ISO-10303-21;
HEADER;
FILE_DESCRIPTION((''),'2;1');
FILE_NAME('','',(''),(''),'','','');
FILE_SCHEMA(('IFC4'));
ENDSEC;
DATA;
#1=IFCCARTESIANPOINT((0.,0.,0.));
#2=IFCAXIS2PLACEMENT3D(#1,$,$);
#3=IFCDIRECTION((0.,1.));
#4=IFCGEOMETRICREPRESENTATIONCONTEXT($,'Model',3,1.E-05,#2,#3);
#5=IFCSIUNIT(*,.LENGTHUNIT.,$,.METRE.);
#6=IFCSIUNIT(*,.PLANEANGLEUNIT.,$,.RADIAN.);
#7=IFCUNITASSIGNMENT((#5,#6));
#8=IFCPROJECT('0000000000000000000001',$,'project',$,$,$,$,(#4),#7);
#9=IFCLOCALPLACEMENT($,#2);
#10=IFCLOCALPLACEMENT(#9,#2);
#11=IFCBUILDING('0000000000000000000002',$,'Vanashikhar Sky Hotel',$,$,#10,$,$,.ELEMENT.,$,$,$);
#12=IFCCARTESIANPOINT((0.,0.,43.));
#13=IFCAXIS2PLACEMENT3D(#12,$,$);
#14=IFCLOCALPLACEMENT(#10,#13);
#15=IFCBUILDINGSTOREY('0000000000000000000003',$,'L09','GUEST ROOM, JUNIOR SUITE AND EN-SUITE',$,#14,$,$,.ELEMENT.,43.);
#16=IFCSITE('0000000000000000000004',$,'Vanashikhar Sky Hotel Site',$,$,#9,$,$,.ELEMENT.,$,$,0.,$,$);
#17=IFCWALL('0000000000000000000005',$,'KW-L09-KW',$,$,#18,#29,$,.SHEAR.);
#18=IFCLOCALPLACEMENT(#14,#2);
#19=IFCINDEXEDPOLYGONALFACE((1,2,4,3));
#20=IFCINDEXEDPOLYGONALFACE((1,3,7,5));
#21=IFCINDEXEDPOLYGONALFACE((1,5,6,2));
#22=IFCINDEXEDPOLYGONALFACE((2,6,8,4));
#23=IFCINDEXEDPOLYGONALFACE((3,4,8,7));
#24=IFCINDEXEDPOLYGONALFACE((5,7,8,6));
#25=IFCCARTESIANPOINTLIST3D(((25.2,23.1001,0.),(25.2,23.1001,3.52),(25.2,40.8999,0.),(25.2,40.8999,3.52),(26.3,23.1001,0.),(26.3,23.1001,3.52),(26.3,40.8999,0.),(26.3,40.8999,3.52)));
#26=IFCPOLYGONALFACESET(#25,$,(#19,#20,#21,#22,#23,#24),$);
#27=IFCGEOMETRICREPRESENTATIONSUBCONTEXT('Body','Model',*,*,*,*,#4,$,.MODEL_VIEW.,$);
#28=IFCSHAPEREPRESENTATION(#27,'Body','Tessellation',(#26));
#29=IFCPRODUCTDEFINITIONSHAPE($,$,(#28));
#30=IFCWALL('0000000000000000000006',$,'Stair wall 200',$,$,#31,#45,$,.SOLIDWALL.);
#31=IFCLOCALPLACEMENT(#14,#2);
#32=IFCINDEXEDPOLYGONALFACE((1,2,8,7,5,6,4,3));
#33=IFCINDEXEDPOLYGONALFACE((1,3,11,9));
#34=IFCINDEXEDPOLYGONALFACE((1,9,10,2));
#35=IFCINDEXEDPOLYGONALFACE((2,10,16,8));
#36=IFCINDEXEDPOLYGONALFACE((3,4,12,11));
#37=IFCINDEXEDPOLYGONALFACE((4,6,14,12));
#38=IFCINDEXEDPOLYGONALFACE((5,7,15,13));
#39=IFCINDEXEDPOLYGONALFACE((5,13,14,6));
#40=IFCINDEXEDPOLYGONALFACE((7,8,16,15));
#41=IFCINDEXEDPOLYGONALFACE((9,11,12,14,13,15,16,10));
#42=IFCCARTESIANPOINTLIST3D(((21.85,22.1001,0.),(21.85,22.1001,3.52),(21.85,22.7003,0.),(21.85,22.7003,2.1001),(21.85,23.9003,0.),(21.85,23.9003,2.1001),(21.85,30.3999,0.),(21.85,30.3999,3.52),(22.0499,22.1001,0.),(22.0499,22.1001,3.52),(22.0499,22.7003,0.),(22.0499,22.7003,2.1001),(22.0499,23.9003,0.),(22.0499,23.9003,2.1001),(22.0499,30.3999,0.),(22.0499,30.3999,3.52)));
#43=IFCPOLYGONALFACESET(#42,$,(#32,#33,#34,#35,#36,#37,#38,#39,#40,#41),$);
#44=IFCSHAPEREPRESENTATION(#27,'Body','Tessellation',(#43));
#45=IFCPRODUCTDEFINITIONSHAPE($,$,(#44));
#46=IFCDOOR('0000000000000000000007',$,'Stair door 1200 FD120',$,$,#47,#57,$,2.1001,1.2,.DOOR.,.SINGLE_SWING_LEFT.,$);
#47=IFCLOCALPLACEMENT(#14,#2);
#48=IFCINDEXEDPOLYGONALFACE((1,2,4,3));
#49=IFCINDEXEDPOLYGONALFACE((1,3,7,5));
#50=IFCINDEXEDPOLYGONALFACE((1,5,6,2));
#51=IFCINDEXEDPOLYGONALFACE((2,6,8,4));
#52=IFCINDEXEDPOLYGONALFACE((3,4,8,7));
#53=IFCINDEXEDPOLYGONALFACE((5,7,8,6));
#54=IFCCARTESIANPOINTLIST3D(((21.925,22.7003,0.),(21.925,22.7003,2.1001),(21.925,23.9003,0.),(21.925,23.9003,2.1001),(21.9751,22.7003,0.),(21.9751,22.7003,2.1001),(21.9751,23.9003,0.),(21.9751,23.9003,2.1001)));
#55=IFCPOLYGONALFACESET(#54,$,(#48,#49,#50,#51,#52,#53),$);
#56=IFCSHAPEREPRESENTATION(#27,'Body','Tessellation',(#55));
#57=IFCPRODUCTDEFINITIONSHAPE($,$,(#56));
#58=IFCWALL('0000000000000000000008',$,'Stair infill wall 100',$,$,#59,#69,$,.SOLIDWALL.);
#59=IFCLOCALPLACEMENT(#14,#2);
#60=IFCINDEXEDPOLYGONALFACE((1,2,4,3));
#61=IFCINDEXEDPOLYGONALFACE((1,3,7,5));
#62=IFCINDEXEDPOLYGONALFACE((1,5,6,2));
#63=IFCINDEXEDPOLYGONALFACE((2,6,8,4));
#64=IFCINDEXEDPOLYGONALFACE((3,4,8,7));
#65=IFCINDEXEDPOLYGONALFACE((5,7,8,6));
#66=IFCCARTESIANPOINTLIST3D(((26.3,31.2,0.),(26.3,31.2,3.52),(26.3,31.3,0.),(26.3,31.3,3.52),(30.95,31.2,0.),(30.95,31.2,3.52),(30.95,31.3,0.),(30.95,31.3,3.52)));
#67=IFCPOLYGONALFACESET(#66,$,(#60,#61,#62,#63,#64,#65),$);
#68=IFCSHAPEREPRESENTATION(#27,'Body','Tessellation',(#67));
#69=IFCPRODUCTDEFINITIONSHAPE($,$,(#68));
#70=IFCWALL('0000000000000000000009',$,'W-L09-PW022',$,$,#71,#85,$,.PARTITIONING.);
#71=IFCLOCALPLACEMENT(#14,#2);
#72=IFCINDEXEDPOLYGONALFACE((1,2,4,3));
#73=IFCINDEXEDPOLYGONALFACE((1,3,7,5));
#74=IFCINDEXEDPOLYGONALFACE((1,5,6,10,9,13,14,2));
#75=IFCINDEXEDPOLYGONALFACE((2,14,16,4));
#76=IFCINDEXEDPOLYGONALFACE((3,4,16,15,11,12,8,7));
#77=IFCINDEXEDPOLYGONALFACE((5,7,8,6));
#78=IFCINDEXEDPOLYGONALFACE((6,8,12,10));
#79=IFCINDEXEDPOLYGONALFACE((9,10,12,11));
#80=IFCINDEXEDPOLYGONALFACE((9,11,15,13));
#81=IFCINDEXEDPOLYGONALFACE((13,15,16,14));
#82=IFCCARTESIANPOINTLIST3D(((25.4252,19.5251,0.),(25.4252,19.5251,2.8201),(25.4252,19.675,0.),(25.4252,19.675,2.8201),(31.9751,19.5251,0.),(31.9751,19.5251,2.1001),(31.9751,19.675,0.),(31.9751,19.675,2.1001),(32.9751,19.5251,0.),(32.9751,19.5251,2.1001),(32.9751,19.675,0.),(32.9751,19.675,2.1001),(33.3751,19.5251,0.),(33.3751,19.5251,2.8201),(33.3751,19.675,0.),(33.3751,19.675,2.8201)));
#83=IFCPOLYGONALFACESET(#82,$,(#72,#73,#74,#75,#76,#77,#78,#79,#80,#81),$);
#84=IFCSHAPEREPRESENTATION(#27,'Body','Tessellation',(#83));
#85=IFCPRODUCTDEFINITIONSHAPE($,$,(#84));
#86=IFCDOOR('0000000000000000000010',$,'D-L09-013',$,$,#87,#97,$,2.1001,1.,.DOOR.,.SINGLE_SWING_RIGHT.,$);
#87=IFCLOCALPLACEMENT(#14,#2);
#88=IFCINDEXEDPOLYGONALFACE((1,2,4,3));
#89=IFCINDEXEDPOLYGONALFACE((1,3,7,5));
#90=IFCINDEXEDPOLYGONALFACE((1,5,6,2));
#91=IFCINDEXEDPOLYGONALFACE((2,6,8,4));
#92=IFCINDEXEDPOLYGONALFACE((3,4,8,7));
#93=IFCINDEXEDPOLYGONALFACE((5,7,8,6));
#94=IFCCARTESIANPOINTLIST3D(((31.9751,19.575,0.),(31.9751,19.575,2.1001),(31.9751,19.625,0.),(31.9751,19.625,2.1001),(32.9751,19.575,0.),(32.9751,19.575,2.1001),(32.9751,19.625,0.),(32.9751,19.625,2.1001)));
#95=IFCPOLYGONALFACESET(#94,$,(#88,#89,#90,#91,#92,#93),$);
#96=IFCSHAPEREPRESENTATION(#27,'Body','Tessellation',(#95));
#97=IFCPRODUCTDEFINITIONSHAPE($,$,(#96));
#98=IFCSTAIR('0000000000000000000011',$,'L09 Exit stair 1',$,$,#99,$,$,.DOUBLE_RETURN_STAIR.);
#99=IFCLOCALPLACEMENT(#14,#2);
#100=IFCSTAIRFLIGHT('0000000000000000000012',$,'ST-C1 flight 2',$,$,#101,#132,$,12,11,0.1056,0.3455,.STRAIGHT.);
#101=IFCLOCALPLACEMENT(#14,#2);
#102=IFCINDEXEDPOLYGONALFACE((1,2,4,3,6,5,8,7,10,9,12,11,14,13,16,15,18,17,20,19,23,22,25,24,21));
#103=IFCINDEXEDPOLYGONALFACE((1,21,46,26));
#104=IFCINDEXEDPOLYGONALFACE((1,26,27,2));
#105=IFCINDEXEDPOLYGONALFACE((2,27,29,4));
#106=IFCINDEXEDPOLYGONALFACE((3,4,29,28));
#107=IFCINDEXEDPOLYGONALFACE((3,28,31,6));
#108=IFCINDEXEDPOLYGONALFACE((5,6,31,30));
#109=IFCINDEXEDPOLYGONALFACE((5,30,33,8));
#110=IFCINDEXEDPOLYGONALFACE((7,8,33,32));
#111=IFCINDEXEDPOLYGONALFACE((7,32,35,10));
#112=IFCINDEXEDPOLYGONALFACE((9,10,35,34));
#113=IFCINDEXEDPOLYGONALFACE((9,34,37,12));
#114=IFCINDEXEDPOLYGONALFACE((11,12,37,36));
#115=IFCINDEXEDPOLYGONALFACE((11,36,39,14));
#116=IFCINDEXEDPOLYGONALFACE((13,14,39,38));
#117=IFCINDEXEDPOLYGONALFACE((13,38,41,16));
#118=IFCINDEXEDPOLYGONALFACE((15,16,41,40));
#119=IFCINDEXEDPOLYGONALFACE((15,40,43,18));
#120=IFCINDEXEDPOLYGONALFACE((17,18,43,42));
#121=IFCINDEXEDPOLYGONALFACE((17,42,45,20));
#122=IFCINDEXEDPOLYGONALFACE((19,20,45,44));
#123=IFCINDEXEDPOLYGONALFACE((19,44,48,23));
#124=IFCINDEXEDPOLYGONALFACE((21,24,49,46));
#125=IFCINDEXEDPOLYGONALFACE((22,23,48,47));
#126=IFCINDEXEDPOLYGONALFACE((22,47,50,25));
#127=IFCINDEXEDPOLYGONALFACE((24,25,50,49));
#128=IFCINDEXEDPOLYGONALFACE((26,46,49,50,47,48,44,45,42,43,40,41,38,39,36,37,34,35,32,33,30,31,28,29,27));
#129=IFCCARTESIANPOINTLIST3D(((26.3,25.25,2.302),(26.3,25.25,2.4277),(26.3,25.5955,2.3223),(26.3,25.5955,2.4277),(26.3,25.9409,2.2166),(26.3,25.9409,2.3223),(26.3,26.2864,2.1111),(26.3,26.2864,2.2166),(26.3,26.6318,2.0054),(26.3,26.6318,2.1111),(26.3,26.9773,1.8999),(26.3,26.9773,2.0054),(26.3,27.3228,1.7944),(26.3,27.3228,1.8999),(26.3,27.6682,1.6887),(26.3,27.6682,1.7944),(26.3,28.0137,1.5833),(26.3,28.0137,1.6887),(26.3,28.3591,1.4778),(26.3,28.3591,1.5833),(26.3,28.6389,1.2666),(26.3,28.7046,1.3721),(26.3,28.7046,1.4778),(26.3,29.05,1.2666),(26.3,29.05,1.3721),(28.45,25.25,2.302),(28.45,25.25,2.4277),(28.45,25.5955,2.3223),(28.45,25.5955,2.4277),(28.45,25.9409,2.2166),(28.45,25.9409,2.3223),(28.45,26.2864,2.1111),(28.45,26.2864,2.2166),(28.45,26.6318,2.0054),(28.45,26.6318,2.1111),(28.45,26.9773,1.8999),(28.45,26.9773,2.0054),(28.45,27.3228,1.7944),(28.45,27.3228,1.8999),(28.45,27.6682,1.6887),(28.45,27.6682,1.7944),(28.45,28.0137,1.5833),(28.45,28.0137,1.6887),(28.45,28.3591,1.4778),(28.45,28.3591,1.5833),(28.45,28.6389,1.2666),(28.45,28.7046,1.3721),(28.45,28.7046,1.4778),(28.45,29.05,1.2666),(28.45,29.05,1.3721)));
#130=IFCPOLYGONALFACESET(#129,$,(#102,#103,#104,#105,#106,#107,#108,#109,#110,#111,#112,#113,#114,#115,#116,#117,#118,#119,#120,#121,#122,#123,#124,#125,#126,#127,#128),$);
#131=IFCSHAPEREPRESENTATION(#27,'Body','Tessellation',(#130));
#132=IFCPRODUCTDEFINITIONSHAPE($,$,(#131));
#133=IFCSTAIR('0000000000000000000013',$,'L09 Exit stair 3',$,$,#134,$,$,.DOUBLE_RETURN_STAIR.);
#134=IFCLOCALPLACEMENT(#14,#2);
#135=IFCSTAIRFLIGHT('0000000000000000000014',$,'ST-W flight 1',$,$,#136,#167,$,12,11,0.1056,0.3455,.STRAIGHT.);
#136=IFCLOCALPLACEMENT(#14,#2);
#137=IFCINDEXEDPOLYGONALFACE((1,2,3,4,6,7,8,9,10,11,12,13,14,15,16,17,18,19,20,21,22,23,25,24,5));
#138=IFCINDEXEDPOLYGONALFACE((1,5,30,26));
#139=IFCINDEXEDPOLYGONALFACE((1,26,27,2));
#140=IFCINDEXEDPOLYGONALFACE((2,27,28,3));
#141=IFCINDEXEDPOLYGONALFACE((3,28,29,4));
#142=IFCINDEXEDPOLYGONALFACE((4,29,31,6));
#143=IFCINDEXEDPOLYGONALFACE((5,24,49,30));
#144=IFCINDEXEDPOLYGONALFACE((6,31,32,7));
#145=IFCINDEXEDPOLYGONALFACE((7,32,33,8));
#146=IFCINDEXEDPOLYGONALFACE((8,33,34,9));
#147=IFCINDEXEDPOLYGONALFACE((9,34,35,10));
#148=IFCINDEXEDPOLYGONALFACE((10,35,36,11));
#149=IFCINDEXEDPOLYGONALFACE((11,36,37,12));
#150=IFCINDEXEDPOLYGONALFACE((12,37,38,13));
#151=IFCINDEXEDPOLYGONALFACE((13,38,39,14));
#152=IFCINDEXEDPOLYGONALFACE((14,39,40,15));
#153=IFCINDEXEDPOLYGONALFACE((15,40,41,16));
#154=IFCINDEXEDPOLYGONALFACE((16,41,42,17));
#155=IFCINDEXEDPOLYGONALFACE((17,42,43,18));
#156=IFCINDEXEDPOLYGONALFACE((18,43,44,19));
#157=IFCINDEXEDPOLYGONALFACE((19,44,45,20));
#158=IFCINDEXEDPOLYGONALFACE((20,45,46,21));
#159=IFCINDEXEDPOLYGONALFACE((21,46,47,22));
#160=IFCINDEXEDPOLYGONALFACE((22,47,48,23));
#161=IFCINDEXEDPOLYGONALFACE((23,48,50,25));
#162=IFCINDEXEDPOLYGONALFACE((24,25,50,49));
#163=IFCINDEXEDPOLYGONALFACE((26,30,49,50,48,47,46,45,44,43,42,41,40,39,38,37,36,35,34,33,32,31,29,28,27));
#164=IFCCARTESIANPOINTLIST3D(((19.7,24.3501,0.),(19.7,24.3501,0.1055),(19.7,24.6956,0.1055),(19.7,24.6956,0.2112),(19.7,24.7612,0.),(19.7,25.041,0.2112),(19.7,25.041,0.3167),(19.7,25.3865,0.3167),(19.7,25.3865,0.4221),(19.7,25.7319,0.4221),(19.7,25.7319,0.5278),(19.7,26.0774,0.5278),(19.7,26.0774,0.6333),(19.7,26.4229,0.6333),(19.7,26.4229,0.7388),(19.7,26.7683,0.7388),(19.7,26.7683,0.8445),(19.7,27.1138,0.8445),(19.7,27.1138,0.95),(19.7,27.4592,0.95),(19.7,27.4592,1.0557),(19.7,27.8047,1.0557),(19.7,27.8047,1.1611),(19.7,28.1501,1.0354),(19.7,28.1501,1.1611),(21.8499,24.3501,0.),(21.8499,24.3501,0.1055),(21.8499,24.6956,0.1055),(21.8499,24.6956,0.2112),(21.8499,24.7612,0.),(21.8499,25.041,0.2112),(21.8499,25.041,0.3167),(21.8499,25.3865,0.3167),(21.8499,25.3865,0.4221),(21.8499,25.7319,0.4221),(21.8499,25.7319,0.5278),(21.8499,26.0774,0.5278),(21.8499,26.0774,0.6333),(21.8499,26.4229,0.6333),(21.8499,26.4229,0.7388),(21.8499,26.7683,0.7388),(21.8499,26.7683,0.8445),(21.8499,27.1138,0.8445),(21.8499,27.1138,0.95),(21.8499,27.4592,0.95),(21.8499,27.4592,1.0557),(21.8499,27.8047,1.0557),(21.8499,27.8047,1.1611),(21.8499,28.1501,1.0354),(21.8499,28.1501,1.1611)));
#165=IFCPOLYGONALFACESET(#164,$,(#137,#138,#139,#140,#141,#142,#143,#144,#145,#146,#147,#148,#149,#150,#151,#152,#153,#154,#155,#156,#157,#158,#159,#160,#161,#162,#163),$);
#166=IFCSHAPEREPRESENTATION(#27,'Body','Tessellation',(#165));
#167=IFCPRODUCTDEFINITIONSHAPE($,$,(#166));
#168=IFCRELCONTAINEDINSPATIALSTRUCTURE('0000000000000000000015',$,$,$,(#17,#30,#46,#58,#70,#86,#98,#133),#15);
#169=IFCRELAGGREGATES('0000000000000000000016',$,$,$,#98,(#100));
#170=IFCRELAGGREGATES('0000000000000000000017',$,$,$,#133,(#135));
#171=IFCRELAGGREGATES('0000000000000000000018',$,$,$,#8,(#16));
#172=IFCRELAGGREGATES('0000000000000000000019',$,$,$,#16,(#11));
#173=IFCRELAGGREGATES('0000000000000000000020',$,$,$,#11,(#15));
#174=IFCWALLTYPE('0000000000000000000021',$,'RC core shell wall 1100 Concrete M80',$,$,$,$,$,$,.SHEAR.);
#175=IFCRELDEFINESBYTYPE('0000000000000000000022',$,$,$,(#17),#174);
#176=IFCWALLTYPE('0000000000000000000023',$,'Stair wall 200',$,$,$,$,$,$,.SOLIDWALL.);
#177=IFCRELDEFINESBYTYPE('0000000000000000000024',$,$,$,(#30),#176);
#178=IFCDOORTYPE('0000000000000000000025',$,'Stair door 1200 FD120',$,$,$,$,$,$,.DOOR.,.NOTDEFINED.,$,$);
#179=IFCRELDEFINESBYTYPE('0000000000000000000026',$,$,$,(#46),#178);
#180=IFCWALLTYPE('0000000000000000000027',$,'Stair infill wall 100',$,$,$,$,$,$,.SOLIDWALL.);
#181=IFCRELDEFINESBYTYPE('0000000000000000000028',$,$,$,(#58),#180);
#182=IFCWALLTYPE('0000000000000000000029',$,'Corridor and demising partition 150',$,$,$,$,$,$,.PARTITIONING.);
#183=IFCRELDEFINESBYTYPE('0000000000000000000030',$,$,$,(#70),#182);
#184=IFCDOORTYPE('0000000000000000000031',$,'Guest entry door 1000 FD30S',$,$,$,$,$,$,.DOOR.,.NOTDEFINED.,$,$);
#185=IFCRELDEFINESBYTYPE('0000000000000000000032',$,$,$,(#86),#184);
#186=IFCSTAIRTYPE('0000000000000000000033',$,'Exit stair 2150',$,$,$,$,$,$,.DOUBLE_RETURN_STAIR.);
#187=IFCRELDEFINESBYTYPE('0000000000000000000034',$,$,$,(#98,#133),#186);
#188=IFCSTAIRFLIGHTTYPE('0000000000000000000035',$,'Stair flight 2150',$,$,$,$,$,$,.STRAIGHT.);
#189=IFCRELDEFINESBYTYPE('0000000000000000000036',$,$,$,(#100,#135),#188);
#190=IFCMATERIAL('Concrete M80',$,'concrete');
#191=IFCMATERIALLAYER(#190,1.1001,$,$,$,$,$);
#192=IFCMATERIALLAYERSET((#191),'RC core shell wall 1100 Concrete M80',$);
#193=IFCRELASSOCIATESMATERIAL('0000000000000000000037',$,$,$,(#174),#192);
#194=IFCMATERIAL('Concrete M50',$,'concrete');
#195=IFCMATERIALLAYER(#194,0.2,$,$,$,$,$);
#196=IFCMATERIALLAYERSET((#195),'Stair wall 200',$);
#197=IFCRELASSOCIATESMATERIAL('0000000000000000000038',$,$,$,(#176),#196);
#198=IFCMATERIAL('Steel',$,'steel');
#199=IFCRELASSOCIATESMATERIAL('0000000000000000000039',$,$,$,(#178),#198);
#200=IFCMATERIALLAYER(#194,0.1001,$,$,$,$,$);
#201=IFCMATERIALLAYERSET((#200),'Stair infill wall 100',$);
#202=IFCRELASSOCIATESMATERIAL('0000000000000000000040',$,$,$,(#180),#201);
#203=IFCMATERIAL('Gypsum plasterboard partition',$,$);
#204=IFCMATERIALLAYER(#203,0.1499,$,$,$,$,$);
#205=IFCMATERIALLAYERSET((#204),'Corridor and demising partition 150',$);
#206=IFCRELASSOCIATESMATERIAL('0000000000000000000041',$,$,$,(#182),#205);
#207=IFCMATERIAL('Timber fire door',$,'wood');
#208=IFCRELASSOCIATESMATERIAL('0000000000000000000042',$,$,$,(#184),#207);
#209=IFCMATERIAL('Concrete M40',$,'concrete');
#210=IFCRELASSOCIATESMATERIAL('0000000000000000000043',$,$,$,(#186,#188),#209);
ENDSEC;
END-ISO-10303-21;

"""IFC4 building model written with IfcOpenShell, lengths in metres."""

from ifc_helpers import new_model, si_unit, direction, frame, frame_2d, origin, place, context, subcontext, project, spatial, polyline, rectangle, outline, extrude, source, transform, mapped, material, layer, layer_set, type_object, element, fill, aggregate, save


model = new_model("IFC4")

# Units and contexts
model_context = context("Model", 3, precision=1e-05, world=origin(), true_north=direction((0.0, 1.0)))
body_context = subcontext(model_context, "Body", "Model", "MODEL_VIEW")
ifc_project = project(units=[si_unit("LENGTHUNIT", "METRE"), si_unit("PLANEANGLEUNIT", "RADIAN")], contexts=[model_context])

# Site, building, storey
site_placement = place(None, origin())
site = spatial("IfcSite", under=ifc_project, at=site_placement, Name="Vanashikhar Sky Hotel Site", CompositionType="ELEMENT", RefElevation=0.0)
building_placement = place(site_placement, origin())
building = spatial("IfcBuilding", under=site, at=building_placement, Name="Vanashikhar Sky Hotel", CompositionType="ELEMENT")
storey_placement = place(building_placement, frame((0.0, 0.0, 43.0)))
storey = spatial("IfcBuildingStorey", under=building, at=storey_placement, Name="L09", Description="GUEST ROOM, JUNIOR SUITE AND EN-SUITE", CompositionType="ELEMENT", Elevation=43.0)

# Shared definitions
ifc_material_1 = material(Name="Concrete M80", Category="concrete")
ifc_layer_1 = layer(ifc_material_1, 1.1001)
ifc_layer_set_1 = layer_set([ifc_layer_1], Name="RC core shell wall 1100 Concrete M80")
wall_type_1 = type_object("IfcWallType", Name="RC core shell wall 1100 Concrete M80", PredefinedType="SHEAR", material=ifc_layer_set_1)
ifc_material_2 = material(Name="Steel", Category="steel")

# Wall
shared_shape_1 = source(origin(), body_context, "Body", "SweptSolid", [
    extrude(rectangle(XDim=17.7998, YDim=1.1001, at=frame_2d((8.8999, 0.0))), origin(), (0.0, 0.0, 1.0), 3.52),
])
wall_1_placement = place(storey_placement, frame((25.75, 23.1001, 0.0), z_axis=(0.0, 0.0, 1.0), x_axis=(0.0, 1.0, 0.0)))
element("IfcWall", 1, at=wall_1_placement, inside=storey, type_object=wall_type_1, Name="KW-L09-KW", PredefinedType="SHEAR", context=body_context, shape_type="MappedRepresentation", body=[
    mapped(shared_shape_1, transform((0.0, 0.0, 0.0), scale=1.0)),
])

# Wall, opening, door
ifc_material_3 = material(Name="Concrete M50", Category="concrete")
ifc_layer_2 = layer(ifc_material_3, 0.2)
ifc_layer_set_2 = layer_set([ifc_layer_2], Name="Stair wall 200")
wall_type_2 = type_object("IfcWallType", Name="Stair wall 200", PredefinedType="SOLIDWALL", material=ifc_layer_set_2)
shared_shape_2 = source(origin(), body_context, "Body", "SweptSolid", [
    extrude(rectangle(XDim=8.2998, YDim=0.2, at=frame_2d((4.1499, 0.0))), origin(), (0.0, 0.0, 1.0), 3.52),
])
wall_2_placement = place(storey_placement, frame((21.95, 22.1001, 0.0), z_axis=(0.0, 0.0, 1.0), x_axis=(0.0, 1.0, 0.0)))
wall_2 = element("IfcWall", 2, at=wall_2_placement, inside=storey, type_object=wall_type_2, Name="Stair wall 200", PredefinedType="SOLIDWALL", context=body_context, shape_type="MappedRepresentation", body=[
    mapped(shared_shape_2, transform((0.0, 0.0, 0.0), scale=1.0)),
])
shared_shape_3 = source(origin(), body_context, "Body", "SweptSolid", [
    extrude(rectangle(XDim=1.2, YDim=2.1001, at=frame_2d((0.6001, 1.05))), frame((0.0, 0.1099, 0.0), z_axis=(0.0, -1.0, 0.0), x_axis=(1.0, 0.0, 0.0)), (0.0, 0.0, 1.0), 0.22),
])
opening_1_placement = place(wall_2_placement, frame((0.6001, 0.0, 0.0)))
opening_1 = element("IfcOpeningElement", 3, at=opening_1_placement, cuts=wall_2, PredefinedType="OPENING", context=body_context, shape_type="MappedRepresentation", body=[
    mapped(shared_shape_3, transform((0.0, 0.0, 0.0), scale=1.0)),
])
door_type_1 = type_object("IfcDoorType", Name="Stair door 1200 FD120", OperationType="NOTDEFINED", PredefinedType="DOOR", material=ifc_material_2)
shared_shape_4 = source(origin(), body_context, "Body", "SweptSolid", [
    extrude(rectangle(XDim=1.2, YDim=2.1001, at=frame_2d((0.6001, 1.05))), frame((0.0, 0.0249, 0.0), z_axis=(0.0, -1.0, 0.0), x_axis=(1.0, 0.0, 0.0)), (0.0, 0.0, 1.0), 0.05),
])
door_1_placement = place(opening_1_placement, origin())
door_1 = element("IfcDoor", 4, at=door_1_placement, inside=storey, type_object=door_type_1, Name="Stair door 1200 FD120", OperationType="SINGLE_SWING_LEFT", OverallHeight=2.1001, OverallWidth=1.2, PredefinedType="DOOR", context=body_context, shape_type="MappedRepresentation", body=[
    mapped(shared_shape_4, transform((0.0, 0.0, 0.0), scale=1.0)),
])
fill(opening_1, door_1)

# Wall
ifc_layer_3 = layer(ifc_material_3, 0.1001)
ifc_layer_set_3 = layer_set([ifc_layer_3], Name="Stair infill wall 100")
wall_type_3 = type_object("IfcWallType", Name="Stair infill wall 100", PredefinedType="SOLIDWALL", material=ifc_layer_set_3)
shared_shape_5 = source(origin(), body_context, "Body", "SweptSolid", [
    extrude(rectangle(XDim=4.6499, YDim=0.1001, at=frame_2d((2.325, 0.0))), origin(), (0.0, 0.0, 1.0), 3.52),
])
wall_3_placement = place(storey_placement, frame((26.3, 31.25, 0.0), z_axis=(0.0, 0.0, 1.0), x_axis=(1.0, 0.0, 0.0)))
element("IfcWall", 5, at=wall_3_placement, inside=storey, type_object=wall_type_3, Name="Stair infill wall 100", PredefinedType="SOLIDWALL", context=body_context, shape_type="MappedRepresentation", body=[
    mapped(shared_shape_5, transform((0.0, 0.0, 0.0), scale=1.0)),
])

# Wall, opening, door
ifc_material_4 = material(Name="Gypsum plasterboard partition")
ifc_layer_4 = layer(ifc_material_4, 0.1499)
ifc_layer_set_4 = layer_set([ifc_layer_4], Name="Corridor and demising partition 150")
wall_type_4 = type_object("IfcWallType", Name="Corridor and demising partition 150", PredefinedType="PARTITIONING", material=ifc_layer_set_4)
shared_shape_6 = source(origin(), body_context, "Body", "SweptSolid", [
    extrude(rectangle(XDim=7.95, YDim=0.1499, at=frame_2d((3.9751, 0.0))), origin(), (0.0, 0.0, 1.0), 2.8201),
])
wall_4_placement = place(storey_placement, frame((25.425, 19.6001, 0.0), z_axis=(0.0, 0.0, 1.0), x_axis=(1.0, 0.0, 0.0)))
wall_4 = element("IfcWall", 6, at=wall_4_placement, inside=storey, type_object=wall_type_4, Name="W-L09-PW022", PredefinedType="PARTITIONING", context=body_context, shape_type="MappedRepresentation", body=[
    mapped(shared_shape_6, transform((0.0, 0.0, 0.0), scale=1.0)),
])
shared_shape_7 = source(origin(), body_context, "Body", "SweptSolid", [
    extrude(rectangle(XDim=1.0, YDim=2.1001, at=frame_2d((0.5, 1.05))), frame((0.0, 0.085, 0.0), z_axis=(0.0, -1.0, 0.0), x_axis=(1.0, 0.0, 0.0)), (0.0, 0.0, 1.0), 0.1699),
])
opening_2_placement = place(wall_4_placement, frame((6.55, 0.0, 0.0)))
opening_2 = element("IfcOpeningElement", 7, at=opening_2_placement, cuts=wall_4, PredefinedType="OPENING", context=body_context, shape_type="MappedRepresentation", body=[
    mapped(shared_shape_7, transform((0.0, 0.0, 0.0), scale=1.0)),
])
ifc_material_5 = material(Name="Timber fire door", Category="wood")
door_type_2 = type_object("IfcDoorType", Name="Guest entry door 1000 FD30S", OperationType="NOTDEFINED", PredefinedType="DOOR", material=ifc_material_5)
shared_shape_8 = source(origin(), body_context, "Body", "SweptSolid", [
    extrude(rectangle(XDim=1.0, YDim=2.1001, at=frame_2d((0.5, 1.05))), frame((0.0, 0.0249, 0.0), z_axis=(0.0, -1.0, 0.0), x_axis=(1.0, 0.0, 0.0)), (0.0, 0.0, 1.0), 0.05),
])
door_2_placement = place(opening_2_placement, origin())
door_2 = element("IfcDoor", 8, at=door_2_placement, inside=storey, type_object=door_type_2, Name="D-L09-013", OperationType="SINGLE_SWING_RIGHT", OverallHeight=2.1001, OverallWidth=1.0, PredefinedType="DOOR", context=body_context, shape_type="MappedRepresentation", body=[
    mapped(shared_shape_8, transform((0.0, 0.0, 0.0), scale=1.0)),
])
fill(opening_2, door_2)

# Stair, stair flight
ifc_material_6 = material(Name="Concrete M40", Category="concrete")
stair_type = type_object("IfcStairType", Name="Exit stair 2150", PredefinedType="DOUBLE_RETURN_STAIR", material=ifc_material_6)
stair_1_placement = place(storey_placement, origin())
stair_1 = element("IfcStair", 9, at=stair_1_placement, inside=storey, type_object=stair_type, Name="L09 Exit stair 1", PredefinedType="DOUBLE_RETURN_STAIR")
stair_flight_type = type_object("IfcStairFlightType", Name="Stair flight 2150", PredefinedType="STRAIGHT", material=ifc_material_6)
shared_shape_9 = source(origin(), body_context, "Body", "SweptSolid", [
    extrude(outline(polyline([(0.0, 0.0), (0.0, 0.1055), (0.3455, 0.1055), (0.3455, 0.2112), (0.6909, 0.2112), (0.6909, 0.3167), (1.0364, 0.3167), (1.0364, 0.4221), (1.3818, 0.4221), (1.3818, 0.5278), (1.7273, 0.5278), (1.7273, 0.6333), (2.0728, 0.6333), (2.0728, 0.7388), (2.4182, 0.7388), (2.4182, 0.8445), (2.7637, 0.8445), (2.7637, 0.95), (3.1091, 0.95), (3.1091, 1.0557), (3.4546, 1.0557), (3.4546, 1.1611), (3.8, 1.1611), (3.8, 1.2666), (3.8, 1.0354), (0.4111, 0.0), (0.0, 0.0)])), frame((0.0, 1.075, 0.0), z_axis=(0.0, -1.0, 0.0), x_axis=(1.0, 0.0, 0.0)), (0.0, 0.0, 1.0), 2.1499),
])
stair_flight_1_placement = place(storey_placement, frame((27.375, 29.05, 1.2666), z_axis=(0.0, 0.0, 1.0), x_axis=(0.0, -1.0, 0.0)))
stair_flight_1 = element("IfcStairFlight", 10, at=stair_flight_1_placement, type_object=stair_flight_type, Name="ST-C1 flight 2", NumberOfRisers=12, NumberOfTreads=11, PredefinedType="STRAIGHT", RiserHeight=0.1056, TreadLength=0.3455, context=body_context, shape_type="MappedRepresentation", body=[
    mapped(shared_shape_9, transform((0.0, 0.0, 0.0), scale=1.0)),
])
aggregate(stair_1, [stair_flight_1])

# Stair, stair flight
stair_2_placement = place(storey_placement, origin())
stair_2 = element("IfcStair", 11, at=stair_2_placement, inside=storey, type_object=stair_type, Name="L09 Exit stair 3", PredefinedType="DOUBLE_RETURN_STAIR")
stair_flight_2_placement = place(storey_placement, frame((20.7749, 24.3501, 0.0), z_axis=(0.0, 0.0, 1.0), x_axis=(0.0, 1.0, 0.0)))
stair_flight_2 = element("IfcStairFlight", 12, at=stair_flight_2_placement, type_object=stair_flight_type, Name="ST-W flight 1", NumberOfRisers=12, NumberOfTreads=11, PredefinedType="STRAIGHT", RiserHeight=0.1056, TreadLength=0.3455, context=body_context, shape_type="MappedRepresentation", body=[
    mapped(shared_shape_9, transform((0.0, 0.0, 0.0), scale=1.0)),
])
aggregate(stair_2, [stair_flight_2])

save(model, "model.ifc")
